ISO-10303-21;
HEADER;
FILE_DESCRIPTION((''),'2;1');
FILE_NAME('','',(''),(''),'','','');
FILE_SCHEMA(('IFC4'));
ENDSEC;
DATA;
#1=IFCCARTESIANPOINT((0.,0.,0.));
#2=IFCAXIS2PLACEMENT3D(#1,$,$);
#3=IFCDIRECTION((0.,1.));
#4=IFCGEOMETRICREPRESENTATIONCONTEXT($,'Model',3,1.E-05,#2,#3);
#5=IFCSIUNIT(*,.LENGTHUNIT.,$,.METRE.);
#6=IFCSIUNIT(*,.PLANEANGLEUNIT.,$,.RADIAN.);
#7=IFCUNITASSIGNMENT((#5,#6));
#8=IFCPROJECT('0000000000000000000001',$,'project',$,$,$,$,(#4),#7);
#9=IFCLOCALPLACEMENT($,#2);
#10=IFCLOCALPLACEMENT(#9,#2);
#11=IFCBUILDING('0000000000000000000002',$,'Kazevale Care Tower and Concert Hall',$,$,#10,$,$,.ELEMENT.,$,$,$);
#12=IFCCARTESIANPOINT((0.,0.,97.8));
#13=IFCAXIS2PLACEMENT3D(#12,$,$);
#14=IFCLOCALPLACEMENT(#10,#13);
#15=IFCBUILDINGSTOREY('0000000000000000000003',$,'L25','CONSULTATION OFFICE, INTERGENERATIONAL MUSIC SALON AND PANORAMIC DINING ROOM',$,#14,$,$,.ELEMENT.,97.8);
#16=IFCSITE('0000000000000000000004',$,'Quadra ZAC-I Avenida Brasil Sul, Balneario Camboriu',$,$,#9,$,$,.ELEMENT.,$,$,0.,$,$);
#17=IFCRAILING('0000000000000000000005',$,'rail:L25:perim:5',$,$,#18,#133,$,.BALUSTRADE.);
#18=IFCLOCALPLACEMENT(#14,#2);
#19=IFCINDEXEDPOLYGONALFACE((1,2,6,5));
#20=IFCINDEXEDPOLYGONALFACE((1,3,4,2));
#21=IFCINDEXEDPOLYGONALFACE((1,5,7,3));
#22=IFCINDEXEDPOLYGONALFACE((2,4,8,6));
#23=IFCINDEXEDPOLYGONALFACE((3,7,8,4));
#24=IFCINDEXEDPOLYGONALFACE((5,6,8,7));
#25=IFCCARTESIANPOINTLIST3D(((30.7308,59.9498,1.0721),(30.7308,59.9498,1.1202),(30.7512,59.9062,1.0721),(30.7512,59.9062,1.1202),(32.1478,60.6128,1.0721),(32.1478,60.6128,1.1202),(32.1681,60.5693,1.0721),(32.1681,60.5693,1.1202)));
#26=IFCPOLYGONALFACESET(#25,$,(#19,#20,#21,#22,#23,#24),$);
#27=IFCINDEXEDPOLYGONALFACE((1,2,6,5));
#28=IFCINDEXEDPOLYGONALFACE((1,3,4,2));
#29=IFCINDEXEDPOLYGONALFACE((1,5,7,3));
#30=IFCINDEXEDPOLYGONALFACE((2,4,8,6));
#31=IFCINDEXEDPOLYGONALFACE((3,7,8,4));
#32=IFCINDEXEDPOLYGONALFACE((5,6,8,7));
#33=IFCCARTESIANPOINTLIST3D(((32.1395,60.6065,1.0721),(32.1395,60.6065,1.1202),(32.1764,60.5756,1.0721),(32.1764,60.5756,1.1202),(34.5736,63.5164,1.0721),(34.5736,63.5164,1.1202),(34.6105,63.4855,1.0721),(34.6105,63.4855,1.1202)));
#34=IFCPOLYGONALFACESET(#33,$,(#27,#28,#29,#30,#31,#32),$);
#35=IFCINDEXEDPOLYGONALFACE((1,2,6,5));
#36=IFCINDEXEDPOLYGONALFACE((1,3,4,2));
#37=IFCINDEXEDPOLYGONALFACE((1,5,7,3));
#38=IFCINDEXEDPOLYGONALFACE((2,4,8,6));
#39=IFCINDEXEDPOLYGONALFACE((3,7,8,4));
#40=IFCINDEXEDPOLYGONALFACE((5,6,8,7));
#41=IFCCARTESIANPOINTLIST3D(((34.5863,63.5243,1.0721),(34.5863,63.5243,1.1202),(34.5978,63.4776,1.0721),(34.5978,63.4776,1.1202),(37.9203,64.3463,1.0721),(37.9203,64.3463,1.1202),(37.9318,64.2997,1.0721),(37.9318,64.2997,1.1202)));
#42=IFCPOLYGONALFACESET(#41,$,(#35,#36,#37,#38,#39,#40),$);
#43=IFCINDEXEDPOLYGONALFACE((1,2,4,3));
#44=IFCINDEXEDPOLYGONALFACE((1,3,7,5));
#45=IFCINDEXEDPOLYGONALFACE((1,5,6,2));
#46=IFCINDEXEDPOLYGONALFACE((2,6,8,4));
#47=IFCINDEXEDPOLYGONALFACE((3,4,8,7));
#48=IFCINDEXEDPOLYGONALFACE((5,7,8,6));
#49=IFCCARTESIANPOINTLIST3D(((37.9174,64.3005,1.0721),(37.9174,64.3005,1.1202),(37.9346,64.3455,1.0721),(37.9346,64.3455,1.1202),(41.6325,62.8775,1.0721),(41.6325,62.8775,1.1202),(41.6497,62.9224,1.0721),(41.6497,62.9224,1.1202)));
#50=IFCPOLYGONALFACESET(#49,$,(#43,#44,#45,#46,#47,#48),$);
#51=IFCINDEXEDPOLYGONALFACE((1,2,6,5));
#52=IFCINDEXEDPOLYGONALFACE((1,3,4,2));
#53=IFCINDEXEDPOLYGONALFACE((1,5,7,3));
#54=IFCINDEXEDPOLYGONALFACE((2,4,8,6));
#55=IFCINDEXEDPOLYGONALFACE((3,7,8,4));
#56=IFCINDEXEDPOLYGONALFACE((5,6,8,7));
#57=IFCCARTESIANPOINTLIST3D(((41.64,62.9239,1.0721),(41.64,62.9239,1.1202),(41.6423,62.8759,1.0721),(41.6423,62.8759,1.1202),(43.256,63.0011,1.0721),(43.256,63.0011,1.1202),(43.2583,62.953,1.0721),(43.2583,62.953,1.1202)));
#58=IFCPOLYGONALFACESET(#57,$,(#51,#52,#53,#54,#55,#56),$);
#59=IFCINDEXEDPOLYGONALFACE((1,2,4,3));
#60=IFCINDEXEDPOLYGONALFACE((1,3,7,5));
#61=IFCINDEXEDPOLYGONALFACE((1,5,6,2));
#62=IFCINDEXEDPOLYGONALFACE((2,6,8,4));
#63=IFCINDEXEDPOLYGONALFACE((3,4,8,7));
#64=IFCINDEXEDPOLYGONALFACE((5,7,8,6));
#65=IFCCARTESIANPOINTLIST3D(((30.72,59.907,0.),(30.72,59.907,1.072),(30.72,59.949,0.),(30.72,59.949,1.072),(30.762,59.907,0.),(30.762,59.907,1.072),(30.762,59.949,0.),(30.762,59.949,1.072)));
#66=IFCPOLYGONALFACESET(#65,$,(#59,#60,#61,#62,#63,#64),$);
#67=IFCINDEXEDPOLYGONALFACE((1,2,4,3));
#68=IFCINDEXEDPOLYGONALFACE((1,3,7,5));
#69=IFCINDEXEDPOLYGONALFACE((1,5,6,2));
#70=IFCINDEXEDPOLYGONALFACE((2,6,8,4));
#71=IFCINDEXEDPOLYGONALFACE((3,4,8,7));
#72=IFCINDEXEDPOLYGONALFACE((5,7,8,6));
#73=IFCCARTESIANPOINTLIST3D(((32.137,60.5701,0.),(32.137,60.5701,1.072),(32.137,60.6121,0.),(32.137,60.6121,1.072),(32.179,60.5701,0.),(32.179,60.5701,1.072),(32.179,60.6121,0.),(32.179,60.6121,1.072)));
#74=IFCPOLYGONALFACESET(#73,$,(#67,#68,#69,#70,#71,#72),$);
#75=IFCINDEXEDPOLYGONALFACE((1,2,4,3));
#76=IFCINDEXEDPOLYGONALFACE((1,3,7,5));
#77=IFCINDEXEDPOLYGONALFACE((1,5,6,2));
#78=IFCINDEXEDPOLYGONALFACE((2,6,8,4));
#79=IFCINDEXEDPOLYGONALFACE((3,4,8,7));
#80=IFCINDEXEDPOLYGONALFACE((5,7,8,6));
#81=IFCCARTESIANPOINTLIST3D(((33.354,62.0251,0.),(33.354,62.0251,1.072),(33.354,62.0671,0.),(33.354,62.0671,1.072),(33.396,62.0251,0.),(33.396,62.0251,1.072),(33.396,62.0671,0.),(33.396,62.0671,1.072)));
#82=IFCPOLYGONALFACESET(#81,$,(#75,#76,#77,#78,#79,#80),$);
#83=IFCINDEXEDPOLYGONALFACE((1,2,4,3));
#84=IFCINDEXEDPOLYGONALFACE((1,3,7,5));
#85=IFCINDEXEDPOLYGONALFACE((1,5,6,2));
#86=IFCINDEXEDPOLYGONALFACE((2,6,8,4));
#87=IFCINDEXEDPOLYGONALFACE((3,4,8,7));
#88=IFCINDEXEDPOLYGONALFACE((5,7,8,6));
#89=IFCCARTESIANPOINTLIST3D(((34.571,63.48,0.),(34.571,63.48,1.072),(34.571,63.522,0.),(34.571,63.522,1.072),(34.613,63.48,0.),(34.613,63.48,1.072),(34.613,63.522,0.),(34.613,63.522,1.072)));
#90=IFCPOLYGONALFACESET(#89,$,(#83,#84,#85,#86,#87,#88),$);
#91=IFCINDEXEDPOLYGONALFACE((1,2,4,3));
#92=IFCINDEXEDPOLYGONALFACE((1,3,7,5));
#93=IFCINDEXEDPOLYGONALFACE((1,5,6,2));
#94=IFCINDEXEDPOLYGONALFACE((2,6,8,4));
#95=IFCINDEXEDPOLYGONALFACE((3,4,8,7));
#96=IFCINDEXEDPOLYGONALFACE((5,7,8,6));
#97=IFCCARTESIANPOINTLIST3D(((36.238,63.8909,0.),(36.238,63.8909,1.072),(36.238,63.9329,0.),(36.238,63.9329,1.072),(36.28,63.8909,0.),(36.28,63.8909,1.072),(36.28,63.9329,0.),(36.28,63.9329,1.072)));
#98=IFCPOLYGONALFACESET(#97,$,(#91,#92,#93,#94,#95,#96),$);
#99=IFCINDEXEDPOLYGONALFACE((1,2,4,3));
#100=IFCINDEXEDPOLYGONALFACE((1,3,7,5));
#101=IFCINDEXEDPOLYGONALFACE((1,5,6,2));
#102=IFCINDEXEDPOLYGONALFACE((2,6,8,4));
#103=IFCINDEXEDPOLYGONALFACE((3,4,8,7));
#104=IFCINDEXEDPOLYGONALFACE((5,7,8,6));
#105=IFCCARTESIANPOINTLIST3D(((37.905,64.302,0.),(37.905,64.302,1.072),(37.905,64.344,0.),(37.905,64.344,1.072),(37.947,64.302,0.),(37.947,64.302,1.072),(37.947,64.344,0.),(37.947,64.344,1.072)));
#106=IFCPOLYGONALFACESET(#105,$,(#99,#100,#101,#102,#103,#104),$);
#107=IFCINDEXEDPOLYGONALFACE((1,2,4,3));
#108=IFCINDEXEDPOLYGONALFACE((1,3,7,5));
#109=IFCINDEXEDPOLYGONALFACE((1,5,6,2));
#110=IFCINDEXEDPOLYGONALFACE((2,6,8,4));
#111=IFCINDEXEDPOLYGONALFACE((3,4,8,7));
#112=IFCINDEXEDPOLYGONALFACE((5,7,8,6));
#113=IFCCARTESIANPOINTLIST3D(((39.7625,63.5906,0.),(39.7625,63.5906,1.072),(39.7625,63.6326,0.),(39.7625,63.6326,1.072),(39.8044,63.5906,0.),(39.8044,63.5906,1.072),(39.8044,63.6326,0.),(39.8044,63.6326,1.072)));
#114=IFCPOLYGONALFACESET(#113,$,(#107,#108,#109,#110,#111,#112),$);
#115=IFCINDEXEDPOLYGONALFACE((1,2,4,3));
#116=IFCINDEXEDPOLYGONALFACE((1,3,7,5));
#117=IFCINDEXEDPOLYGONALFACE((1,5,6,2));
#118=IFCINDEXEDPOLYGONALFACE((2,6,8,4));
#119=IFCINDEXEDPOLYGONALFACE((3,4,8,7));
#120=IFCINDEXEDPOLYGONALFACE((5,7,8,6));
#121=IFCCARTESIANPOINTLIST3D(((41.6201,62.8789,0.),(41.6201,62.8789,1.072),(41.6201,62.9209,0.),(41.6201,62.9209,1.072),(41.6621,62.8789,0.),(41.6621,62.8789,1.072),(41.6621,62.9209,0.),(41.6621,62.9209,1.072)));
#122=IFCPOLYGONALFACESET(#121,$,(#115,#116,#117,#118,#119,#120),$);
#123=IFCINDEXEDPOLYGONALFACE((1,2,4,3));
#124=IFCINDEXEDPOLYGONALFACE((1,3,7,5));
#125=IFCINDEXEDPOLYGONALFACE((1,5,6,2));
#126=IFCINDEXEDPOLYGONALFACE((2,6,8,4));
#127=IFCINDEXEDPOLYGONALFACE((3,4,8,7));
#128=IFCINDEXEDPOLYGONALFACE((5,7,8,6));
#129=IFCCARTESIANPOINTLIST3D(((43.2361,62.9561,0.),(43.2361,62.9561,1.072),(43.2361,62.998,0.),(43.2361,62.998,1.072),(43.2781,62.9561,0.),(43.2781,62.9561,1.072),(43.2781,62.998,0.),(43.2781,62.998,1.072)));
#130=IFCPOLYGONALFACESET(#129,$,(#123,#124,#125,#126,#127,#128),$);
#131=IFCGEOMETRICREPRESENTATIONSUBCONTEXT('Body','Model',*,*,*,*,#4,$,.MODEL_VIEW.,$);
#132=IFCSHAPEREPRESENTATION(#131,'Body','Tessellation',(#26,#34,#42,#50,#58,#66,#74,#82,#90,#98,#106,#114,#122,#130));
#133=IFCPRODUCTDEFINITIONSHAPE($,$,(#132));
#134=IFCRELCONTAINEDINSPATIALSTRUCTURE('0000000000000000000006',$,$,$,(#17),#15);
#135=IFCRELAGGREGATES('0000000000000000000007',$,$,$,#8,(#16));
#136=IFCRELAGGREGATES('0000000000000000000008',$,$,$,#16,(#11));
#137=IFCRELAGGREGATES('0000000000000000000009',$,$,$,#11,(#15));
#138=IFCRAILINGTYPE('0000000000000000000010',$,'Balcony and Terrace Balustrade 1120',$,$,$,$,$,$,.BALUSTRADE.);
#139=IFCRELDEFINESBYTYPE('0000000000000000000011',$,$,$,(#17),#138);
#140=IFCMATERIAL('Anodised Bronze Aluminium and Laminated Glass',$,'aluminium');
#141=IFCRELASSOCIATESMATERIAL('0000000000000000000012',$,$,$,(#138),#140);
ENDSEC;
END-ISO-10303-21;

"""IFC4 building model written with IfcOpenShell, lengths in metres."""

from ifc_helpers import new_model, si_unit, direction, frame, origin, origin_2d, place, context, subcontext, project, spatial, rectangle, extrude, material, type_object, element, save


model = new_model("IFC4")

# Units and contexts
model_context = context("Model", 3, precision=1e-05, world=origin(), true_north=direction((0.0, 1.0)))
body_context = subcontext(model_context, "Body", "Model", "MODEL_VIEW")
ifc_project = project(units=[si_unit("LENGTHUNIT", "METRE"), si_unit("PLANEANGLEUNIT", "RADIAN")], contexts=[model_context])

# Site, building, storey
site_placement = place(None, origin())
site = spatial("IfcSite", under=ifc_project, at=site_placement, Name="Quadra ZAC-I Avenida Brasil Sul, Balneario Camboriu", CompositionType="ELEMENT", RefElevation=0.0)
building_placement = place(site_placement, origin())
building = spatial("IfcBuilding", under=site, at=building_placement, Name="Kazevale Care Tower and Concert Hall", CompositionType="ELEMENT")
storey_placement = place(building_placement, frame((0.0, 0.0, 97.8)))
storey = spatial("IfcBuildingStorey", under=building, at=storey_placement, Name="L25", Description="CONSULTATION OFFICE, INTERGENERATIONAL MUSIC SALON AND PANORAMIC DINING ROOM", CompositionType="ELEMENT", Elevation=97.8)

# Railing
ifc_material_1 = material(Name="Anodised Bronze Aluminium and Laminated Glass", Category="aluminium")
railing_type = type_object("IfcRailingType", Name="Balcony and Terrace Balustrade 1120", PredefinedType="BALUSTRADE", material=ifc_material_1)
railing_1_placement = place(storey_placement, frame((30.741, 59.928, 0.0)))
element("IfcRailing", 1, at=railing_1_placement, inside=storey, type_object=railing_type, Name="rail:L25:perim:5", PredefinedType="BALUSTRADE", context=body_context, shape_type="SweptSolid", body=[
    extrude(rectangle(XDim=0.0481, YDim=0.0481, at=origin_2d()), frame((0.0, 0.0, 1.0962), z_axis=(0.905736, 0.423842, 0.0), x_axis=(-0.423842, 0.905736, 0.0)), (0.0, 0.0, 1.0), 1.5645),
    extrude(rectangle(XDim=0.0481, YDim=0.0481, at=origin_2d()), frame((1.417, 0.6631, 1.0962), z_axis=(0.641608, 0.767033, 0.0), x_axis=(-0.767033, 0.641608, 0.0)), (0.0, 0.0, 1.0), 3.7937),
    extrude(rectangle(XDim=0.0481, YDim=0.0481, at=origin_2d()), frame((3.8511, 3.573, 1.0962), z_axis=(0.970924, 0.239389, 0.0), x_axis=(-0.239389, 0.970924, 0.0)), (0.0, 0.0, 1.0), 3.4338),
    extrude(rectangle(XDim=0.0481, YDim=0.0481, at=origin_2d()), frame((7.1851, 4.395, 1.0962), z_axis=(0.933832, -0.357712, 0.0), x_axis=(0.357712, 0.933832, 0.0)), (0.0, 0.0, 1.0), 3.9783),
    extrude(rectangle(XDim=0.0481, YDim=0.0481, at=origin_2d()), frame((10.9001, 2.9719, 1.0962), z_axis=(0.998862, 0.047687, 0.0), x_axis=(-0.047687, 0.998862, 0.0)), (0.0, 0.0, 1.0), 1.6179),
    extrude(rectangle(XDim=0.042, YDim=0.042, at=origin_2d()), origin(), (0.0, 0.0, 1.0), 1.072),
    extrude(rectangle(XDim=0.042, YDim=0.042, at=origin_2d()), frame((1.417, 0.6631, 0.0)), (0.0, 0.0, 1.0), 1.072),
    extrude(rectangle(XDim=0.042, YDim=0.042, at=origin_2d()), frame((2.634, 2.1182, 0.0)), (0.0, 0.0, 1.0), 1.072),
    extrude(rectangle(XDim=0.042, YDim=0.042, at=origin_2d()), frame((3.8511, 3.573, 0.0)), (0.0, 0.0, 1.0), 1.072),
    extrude(rectangle(XDim=0.042, YDim=0.042, at=origin_2d()), frame((5.5181, 3.9839, 0.0)), (0.0, 0.0, 1.0), 1.072),
    extrude(rectangle(XDim=0.042, YDim=0.042, at=origin_2d()), frame((7.1851, 4.395, 0.0)), (0.0, 0.0, 1.0), 1.072),
    extrude(rectangle(XDim=0.042, YDim=0.042, at=origin_2d()), frame((9.0425, 3.6836, 0.0)), (0.0, 0.0, 1.0), 1.072),
    extrude(rectangle(XDim=0.042, YDim=0.042, at=origin_2d()), frame((10.9001, 2.9719, 0.0)), (0.0, 0.0, 1.0), 1.072),
    extrude(rectangle(XDim=0.042, YDim=0.042, at=origin_2d()), frame((12.5161, 3.0491, 0.0)), (0.0, 0.0, 1.0), 1.072),
])

save(model, "model.ifc")
